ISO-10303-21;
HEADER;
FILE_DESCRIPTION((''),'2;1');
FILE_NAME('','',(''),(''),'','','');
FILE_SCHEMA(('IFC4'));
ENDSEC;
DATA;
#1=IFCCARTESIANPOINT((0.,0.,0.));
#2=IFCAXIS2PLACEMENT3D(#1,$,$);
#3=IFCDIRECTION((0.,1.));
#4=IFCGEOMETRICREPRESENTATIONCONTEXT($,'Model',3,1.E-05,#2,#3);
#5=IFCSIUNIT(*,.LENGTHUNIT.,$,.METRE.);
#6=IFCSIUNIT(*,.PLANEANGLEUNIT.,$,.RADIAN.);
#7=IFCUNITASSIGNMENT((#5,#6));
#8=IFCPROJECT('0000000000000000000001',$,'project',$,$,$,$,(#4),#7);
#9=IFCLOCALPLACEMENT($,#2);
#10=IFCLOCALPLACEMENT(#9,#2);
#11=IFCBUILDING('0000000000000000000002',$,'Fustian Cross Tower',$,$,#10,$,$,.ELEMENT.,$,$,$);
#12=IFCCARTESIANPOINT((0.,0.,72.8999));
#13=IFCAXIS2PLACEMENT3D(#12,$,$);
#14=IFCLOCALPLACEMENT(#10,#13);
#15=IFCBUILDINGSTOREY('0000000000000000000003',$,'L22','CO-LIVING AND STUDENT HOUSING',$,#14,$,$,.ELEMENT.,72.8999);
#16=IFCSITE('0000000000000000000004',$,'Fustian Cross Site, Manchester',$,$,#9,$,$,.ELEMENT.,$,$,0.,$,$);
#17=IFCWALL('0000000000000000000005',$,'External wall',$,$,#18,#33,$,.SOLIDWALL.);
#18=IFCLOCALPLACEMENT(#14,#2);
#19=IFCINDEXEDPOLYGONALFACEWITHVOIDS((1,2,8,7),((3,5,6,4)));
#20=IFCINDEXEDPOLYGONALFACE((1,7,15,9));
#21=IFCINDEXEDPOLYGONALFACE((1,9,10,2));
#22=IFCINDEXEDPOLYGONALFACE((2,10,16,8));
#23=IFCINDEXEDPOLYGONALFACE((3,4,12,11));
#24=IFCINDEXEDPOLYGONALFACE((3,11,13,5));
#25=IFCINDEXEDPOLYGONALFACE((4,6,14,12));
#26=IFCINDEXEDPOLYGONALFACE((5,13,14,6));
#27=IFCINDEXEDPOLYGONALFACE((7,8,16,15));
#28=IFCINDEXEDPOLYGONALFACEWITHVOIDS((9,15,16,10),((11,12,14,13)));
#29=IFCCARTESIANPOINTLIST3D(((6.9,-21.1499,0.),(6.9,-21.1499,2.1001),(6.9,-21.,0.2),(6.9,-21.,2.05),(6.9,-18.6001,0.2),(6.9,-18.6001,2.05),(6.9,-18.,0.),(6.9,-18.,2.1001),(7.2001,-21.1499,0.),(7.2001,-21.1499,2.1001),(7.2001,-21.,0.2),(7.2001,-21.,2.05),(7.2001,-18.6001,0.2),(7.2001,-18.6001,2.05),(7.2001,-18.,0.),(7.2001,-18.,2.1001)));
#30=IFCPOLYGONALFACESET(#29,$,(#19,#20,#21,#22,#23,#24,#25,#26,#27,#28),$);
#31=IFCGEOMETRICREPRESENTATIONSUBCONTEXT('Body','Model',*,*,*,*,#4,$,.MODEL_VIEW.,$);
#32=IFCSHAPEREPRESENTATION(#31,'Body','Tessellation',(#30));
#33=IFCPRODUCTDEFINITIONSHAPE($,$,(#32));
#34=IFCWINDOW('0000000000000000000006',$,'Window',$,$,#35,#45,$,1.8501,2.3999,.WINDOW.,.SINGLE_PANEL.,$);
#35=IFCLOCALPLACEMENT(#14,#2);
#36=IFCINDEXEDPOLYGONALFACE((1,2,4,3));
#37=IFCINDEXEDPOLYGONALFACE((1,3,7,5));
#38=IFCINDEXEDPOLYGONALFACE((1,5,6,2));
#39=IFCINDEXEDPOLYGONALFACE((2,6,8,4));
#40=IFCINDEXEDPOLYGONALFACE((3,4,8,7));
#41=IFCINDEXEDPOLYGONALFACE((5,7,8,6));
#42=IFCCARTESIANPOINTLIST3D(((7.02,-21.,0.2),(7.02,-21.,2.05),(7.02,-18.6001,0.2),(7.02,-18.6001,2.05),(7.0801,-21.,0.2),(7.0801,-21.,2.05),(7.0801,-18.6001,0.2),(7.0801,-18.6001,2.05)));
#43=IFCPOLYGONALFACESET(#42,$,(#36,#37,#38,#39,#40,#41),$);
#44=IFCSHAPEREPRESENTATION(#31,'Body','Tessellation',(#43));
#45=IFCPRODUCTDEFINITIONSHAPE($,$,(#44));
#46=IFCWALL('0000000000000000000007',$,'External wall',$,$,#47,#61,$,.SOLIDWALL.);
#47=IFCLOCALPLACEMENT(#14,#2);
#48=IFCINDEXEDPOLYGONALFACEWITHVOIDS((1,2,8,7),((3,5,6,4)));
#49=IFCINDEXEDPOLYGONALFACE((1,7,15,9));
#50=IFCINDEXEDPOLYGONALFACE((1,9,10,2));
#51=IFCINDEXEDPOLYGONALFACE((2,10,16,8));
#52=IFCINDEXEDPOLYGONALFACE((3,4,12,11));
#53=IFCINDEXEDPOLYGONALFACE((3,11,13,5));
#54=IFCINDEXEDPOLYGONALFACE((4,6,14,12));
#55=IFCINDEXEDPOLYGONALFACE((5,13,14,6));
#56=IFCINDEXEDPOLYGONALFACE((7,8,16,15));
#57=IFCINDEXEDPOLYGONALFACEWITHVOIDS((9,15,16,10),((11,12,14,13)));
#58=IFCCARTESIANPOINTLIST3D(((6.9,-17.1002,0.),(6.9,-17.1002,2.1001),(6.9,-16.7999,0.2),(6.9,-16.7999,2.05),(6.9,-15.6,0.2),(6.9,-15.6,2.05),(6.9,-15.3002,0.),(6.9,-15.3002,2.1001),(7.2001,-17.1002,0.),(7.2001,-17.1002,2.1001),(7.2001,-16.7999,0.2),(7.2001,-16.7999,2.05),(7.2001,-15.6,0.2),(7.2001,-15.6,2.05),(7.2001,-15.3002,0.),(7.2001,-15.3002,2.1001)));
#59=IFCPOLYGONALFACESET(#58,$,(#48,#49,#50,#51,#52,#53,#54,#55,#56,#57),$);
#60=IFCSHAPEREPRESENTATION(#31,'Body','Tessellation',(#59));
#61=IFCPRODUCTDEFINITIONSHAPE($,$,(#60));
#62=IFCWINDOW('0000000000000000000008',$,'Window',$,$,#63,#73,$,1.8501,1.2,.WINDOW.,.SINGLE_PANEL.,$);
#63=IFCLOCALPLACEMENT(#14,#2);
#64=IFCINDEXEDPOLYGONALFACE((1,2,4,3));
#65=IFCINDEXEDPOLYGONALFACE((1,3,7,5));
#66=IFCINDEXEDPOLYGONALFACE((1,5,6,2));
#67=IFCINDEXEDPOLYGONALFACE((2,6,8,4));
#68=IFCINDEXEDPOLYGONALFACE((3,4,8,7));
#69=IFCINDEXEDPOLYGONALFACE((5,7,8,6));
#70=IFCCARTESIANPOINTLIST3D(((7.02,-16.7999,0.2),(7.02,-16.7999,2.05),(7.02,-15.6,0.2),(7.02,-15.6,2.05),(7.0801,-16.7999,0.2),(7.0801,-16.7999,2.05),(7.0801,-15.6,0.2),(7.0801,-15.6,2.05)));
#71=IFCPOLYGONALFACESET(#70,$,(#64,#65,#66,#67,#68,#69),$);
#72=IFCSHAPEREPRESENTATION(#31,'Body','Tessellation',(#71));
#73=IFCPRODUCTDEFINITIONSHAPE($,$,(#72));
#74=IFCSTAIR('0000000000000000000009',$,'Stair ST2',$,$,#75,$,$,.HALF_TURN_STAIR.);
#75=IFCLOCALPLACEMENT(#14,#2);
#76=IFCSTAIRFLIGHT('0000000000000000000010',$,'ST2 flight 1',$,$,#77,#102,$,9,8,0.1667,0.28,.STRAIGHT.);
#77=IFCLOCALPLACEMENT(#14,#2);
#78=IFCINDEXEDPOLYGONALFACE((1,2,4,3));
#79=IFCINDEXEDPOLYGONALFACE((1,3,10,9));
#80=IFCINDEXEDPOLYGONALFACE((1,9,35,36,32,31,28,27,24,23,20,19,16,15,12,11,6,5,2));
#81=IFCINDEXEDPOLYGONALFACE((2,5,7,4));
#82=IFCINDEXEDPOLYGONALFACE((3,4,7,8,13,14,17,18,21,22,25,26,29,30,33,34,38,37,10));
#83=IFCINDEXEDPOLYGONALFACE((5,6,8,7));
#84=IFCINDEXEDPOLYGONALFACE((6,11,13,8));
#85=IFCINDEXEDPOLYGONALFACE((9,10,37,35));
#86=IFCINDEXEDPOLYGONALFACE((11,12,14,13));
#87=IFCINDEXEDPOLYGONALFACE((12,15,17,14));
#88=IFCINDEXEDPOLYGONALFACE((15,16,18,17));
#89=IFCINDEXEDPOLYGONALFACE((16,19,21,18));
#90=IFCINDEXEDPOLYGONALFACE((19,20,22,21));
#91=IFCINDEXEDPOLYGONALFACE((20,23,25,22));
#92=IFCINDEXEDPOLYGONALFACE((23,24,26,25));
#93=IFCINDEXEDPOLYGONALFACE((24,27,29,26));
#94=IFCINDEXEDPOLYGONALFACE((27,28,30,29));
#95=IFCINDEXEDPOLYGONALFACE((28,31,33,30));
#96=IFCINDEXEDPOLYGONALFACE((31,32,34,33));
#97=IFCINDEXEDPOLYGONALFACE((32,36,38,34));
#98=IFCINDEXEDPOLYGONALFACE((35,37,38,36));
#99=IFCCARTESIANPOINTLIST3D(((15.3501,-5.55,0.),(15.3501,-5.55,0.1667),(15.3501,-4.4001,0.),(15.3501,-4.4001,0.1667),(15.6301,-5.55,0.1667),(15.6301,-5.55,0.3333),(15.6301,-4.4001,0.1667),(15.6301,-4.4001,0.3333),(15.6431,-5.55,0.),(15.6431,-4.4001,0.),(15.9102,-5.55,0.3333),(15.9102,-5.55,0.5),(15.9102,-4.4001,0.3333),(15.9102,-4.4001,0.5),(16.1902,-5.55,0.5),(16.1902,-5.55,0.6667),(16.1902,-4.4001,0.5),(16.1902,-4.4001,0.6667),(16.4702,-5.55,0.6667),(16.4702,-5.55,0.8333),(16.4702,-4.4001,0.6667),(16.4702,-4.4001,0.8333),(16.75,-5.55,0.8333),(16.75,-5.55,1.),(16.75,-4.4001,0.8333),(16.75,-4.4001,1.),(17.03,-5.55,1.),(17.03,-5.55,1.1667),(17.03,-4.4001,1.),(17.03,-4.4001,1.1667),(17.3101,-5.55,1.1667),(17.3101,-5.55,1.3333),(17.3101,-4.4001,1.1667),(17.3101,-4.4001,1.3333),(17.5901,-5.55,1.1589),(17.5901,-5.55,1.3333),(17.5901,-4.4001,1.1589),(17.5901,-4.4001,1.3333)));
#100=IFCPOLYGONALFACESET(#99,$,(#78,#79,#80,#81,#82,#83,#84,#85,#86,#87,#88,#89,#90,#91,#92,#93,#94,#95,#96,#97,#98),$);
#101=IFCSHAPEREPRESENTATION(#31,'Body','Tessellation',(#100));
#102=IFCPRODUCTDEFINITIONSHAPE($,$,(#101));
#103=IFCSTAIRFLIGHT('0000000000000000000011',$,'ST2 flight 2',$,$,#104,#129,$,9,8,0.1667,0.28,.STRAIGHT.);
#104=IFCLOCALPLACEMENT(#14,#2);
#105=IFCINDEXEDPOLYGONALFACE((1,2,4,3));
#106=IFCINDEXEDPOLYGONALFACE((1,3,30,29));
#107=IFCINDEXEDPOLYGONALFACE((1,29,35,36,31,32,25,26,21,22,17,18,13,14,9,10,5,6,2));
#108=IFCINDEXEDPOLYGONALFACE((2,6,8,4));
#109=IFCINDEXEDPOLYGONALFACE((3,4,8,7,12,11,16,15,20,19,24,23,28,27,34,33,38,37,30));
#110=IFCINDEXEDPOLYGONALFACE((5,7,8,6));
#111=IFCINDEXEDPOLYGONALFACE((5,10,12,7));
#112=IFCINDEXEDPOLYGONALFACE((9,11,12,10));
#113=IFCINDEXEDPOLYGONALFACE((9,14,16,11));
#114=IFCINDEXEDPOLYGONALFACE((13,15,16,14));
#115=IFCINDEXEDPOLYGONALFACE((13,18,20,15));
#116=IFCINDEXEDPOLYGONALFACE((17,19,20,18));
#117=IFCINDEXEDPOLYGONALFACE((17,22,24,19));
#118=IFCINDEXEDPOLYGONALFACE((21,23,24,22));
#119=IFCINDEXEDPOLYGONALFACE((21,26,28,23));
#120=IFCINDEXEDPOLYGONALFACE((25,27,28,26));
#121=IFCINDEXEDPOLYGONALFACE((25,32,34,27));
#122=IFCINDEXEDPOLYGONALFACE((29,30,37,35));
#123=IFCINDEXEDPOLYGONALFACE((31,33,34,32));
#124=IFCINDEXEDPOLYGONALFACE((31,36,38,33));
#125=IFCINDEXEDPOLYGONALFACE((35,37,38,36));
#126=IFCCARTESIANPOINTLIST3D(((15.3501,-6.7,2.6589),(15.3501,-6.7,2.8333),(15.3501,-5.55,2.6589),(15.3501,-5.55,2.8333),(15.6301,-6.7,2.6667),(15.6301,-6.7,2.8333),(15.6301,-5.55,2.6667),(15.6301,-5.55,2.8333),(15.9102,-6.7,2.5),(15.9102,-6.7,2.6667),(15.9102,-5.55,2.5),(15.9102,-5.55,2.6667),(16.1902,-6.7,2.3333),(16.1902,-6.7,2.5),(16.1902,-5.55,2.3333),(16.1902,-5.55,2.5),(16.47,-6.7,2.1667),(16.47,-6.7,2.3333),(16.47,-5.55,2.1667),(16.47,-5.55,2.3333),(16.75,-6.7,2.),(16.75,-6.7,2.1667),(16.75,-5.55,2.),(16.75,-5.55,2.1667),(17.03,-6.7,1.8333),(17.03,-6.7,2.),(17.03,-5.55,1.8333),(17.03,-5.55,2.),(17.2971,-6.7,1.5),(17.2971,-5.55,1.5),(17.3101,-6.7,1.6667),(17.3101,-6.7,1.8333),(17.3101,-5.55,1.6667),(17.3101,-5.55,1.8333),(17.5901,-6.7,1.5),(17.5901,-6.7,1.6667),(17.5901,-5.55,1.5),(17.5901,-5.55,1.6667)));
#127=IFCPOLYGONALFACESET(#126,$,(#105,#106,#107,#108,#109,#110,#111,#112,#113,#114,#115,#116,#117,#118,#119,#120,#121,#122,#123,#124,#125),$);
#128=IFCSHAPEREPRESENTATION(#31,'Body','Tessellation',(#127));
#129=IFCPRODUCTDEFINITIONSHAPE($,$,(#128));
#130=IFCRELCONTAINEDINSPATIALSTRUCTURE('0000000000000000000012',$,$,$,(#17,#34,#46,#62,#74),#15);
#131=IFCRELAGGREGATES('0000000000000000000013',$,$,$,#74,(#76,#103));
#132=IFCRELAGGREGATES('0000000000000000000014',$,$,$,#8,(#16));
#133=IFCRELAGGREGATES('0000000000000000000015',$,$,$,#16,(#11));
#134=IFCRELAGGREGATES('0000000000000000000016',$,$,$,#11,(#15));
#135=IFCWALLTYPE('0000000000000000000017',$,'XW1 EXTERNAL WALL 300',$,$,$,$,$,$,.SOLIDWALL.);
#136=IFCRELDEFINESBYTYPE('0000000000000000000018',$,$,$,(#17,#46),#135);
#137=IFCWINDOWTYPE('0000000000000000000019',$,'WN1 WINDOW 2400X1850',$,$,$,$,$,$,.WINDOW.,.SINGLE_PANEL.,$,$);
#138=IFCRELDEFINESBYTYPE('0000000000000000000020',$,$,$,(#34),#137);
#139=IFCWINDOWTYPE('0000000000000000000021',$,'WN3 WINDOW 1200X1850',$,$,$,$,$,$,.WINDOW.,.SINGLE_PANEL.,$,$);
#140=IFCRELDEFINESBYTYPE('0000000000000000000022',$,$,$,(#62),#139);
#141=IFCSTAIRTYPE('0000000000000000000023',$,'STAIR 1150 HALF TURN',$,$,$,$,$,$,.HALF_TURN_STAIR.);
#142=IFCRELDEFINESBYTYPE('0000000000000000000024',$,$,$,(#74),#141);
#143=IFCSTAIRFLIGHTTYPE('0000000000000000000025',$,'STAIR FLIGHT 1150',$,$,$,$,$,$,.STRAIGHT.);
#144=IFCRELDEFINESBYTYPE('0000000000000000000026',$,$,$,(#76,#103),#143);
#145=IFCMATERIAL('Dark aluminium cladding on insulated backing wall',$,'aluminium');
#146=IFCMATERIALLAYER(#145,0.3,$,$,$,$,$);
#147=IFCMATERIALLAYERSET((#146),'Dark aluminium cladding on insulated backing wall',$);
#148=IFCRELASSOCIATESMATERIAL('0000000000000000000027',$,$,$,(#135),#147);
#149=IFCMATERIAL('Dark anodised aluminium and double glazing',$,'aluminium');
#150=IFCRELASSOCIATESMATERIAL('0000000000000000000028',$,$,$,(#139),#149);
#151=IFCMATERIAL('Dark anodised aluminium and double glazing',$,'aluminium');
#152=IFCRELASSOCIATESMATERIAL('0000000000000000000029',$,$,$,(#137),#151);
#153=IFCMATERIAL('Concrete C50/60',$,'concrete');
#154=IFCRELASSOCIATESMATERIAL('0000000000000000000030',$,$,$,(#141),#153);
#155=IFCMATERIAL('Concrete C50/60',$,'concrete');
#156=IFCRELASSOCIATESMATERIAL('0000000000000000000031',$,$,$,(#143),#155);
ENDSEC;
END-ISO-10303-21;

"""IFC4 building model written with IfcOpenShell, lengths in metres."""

from ifc_helpers import new_model, si_unit, direction, frame, frame_2d, origin, place, context, subcontext, project, spatial, polyline, rectangle, outline, extrude, material, layer, layer_set, type_object, element, fill, aggregate, save


model = new_model("IFC4")

# Units and contexts
model_context = context("Model", 3, precision=1e-05, world=origin(), true_north=direction((0.0, 1.0)))
body_context = subcontext(model_context, "Body", "Model", "MODEL_VIEW")
ifc_project = project(units=[si_unit("LENGTHUNIT", "METRE"), si_unit("PLANEANGLEUNIT", "RADIAN")], contexts=[model_context])

# Site, building, storey
site_placement = place(None, origin())
site = spatial("IfcSite", under=ifc_project, at=site_placement, Name="Fustian Cross Site, Manchester", CompositionType="ELEMENT", RefElevation=0.0)
building_placement = place(site_placement, origin())
building = spatial("IfcBuilding", under=site, at=building_placement, Name="Fustian Cross Tower", CompositionType="ELEMENT")
storey_placement = place(building_placement, frame((0.0, 0.0, 72.8999)))
storey = spatial("IfcBuildingStorey", under=building, at=storey_placement, Name="L22", Description="CO-LIVING AND STUDENT HOUSING", CompositionType="ELEMENT", Elevation=72.8999)

# Shared definitions
ifc_material_1 = material(Name="Dark aluminium cladding on insulated backing wall", Category="aluminium")
ifc_layer_1 = layer(ifc_material_1, 0.3)
ifc_layer_set_1 = layer_set([ifc_layer_1], Name="Dark aluminium cladding on insulated backing wall")
wall_type_1 = type_object("IfcWallType", Name="XW1 EXTERNAL WALL 300", PredefinedType="SOLIDWALL", material=ifc_layer_set_1)
ifc_material_2 = material(Name="Dark anodised aluminium and double glazing", Category="aluminium")
window_type_1 = type_object("IfcWindowType", Name="WN3 WINDOW 1200X1850", PartitioningType="SINGLE_PANEL", PredefinedType="WINDOW", material=ifc_material_2)
ifc_material_3 = material(Name="Dark anodised aluminium and double glazing", Category="aluminium")
window_type_2 = type_object("IfcWindowType", Name="WN1 WINDOW 2400X1850", PartitioningType="SINGLE_PANEL", PredefinedType="WINDOW", material=ifc_material_3)

# Walls, openings, windows
wall_1_placement = place(storey_placement, frame((7.05, -21.1499, 0.0), z_axis=(0.0, 0.0, 1.0), x_axis=(0.0, 1.0, 0.0)))
wall_1 = element("IfcWall", 1, at=wall_1_placement, inside=storey, type_object=wall_type_1, Name="External wall", PredefinedType="SOLIDWALL", context=body_context, shape_type="SweptSolid", body=[
    extrude(rectangle(XDim=3.1499, YDim=0.3, at=frame_2d((1.575, 0.0))), origin(), (0.0, 0.0, 1.0), 2.1001),
])
opening_1_placement = place(wall_1_placement, frame((0.1499, 0.0, 0.2)))
opening_1 = element("IfcOpeningElement", 2, at=opening_1_placement, cuts=wall_1, PredefinedType="OPENING", context=body_context, shape_type="SweptSolid", body=[
    extrude(rectangle(XDim=2.3999, YDim=1.8501, at=frame_2d((1.2, 0.925))), frame((0.0, 0.1599, 0.0), z_axis=(0.0, -1.0, 0.0), x_axis=(1.0, 0.0, 0.0)), (0.0, 0.0, 1.0), 0.3201),
])
window_1_placement = place(opening_1_placement, origin())
window_1 = element("IfcWindow", 3, at=window_1_placement, inside=storey, type_object=window_type_2, Name="Window", OverallHeight=1.8501, OverallWidth=2.3999, PartitioningType="SINGLE_PANEL", PredefinedType="WINDOW", context=body_context, shape_type="SweptSolid", body=[
    extrude(rectangle(XDim=2.3999, YDim=1.8501, at=frame_2d((1.2, 0.925))), frame((0.0, 0.03, 0.0), z_axis=(0.0, -1.0, 0.0), x_axis=(1.0, 0.0, 0.0)), (0.0, 0.0, 1.0), 0.0601),
])
fill(opening_1, window_1)
wall_2_placement = place(storey_placement, frame((7.05, -17.1001, 0.0), z_axis=(0.0, 0.0, 1.0), x_axis=(0.0, 1.0, 0.0)))
wall_2 = element("IfcWall", 4, at=wall_2_placement, inside=storey, type_object=wall_type_1, Name="External wall", PredefinedType="SOLIDWALL", context=body_context, shape_type="SweptSolid", body=[
    extrude(rectangle(XDim=1.8, YDim=0.3, at=frame_2d((0.8999, 0.0))), origin(), (0.0, 0.0, 1.0), 2.1001),
])
opening_2_placement = place(wall_2_placement, frame((0.3, 0.0, 0.2)))
opening_2 = element("IfcOpeningElement", 5, at=opening_2_placement, cuts=wall_2, PredefinedType="OPENING", context=body_context, shape_type="SweptSolid", body=[
    extrude(rectangle(XDim=1.2, YDim=1.8501, at=frame_2d((0.6001, 0.925))), frame((0.0, 0.1599, 0.0), z_axis=(0.0, -1.0, 0.0), x_axis=(1.0, 0.0, 0.0)), (0.0, 0.0, 1.0), 0.3201),
])
window_2_placement = place(opening_2_placement, origin())
window_2 = element("IfcWindow", 6, at=window_2_placement, inside=storey, type_object=window_type_1, Name="Window", OverallHeight=1.8501, OverallWidth=1.2, PartitioningType="SINGLE_PANEL", PredefinedType="WINDOW", context=body_context, shape_type="SweptSolid", body=[
    extrude(rectangle(XDim=1.2, YDim=1.8501, at=frame_2d((0.6001, 0.925))), frame((0.0, 0.03, 0.0), z_axis=(0.0, -1.0, 0.0), x_axis=(1.0, 0.0, 0.0)), (0.0, 0.0, 1.0), 0.0601),
])
fill(opening_2, window_2)

# Stair, stair flights
ifc_material_4 = material(Name="Concrete C50/60", Category="concrete")
stair_type = type_object("IfcStairType", Name="STAIR 1150 HALF TURN", PredefinedType="HALF_TURN_STAIR", material=ifc_material_4)
stair_placement = place(storey_placement, origin())
stair = element("IfcStair", 7, at=stair_placement, inside=storey, type_object=stair_type, Name="Stair ST2", PredefinedType="HALF_TURN_STAIR")
ifc_material_5 = material(Name="Concrete C50/60", Category="concrete")
stair_flight_type = type_object("IfcStairFlightType", Name="STAIR FLIGHT 1150", PredefinedType="STRAIGHT", material=ifc_material_5)
stair_flight_1_placement = place(storey_placement, frame((15.3501, -4.9751, 0.0), z_axis=(0.0, 0.0, 1.0), x_axis=(1.0, 0.0, 0.0)))
stair_flight_1 = element("IfcStairFlight", 8, at=stair_flight_1_placement, type_object=stair_flight_type, Name="ST2 flight 1", NumberOfRisers=9, NumberOfTreads=8, PredefinedType="STRAIGHT", RiserHeight=0.1667, TreadLength=0.28, context=body_context, shape_type="SweptSolid", body=[
    extrude(outline(polyline([(0.0, 0.0), (0.0, 0.1667), (0.28, 0.1667), (0.28, 0.3333), (0.5601, 0.3333), (0.5601, 0.5), (0.8401, 0.5), (0.8401, 0.6667), (1.1201, 0.6667), (1.1201, 0.8333), (1.3999, 0.8333), (1.3999, 1.0), (1.6799, 1.0), (1.6799, 1.1667), (1.96, 1.1667), (1.96, 1.3333), (2.24, 1.3333), (2.24, 1.5), (2.24, 1.1589), (0.293, 0.0), (0.0, 0.0)])), frame((0.0, 0.575, 0.0), z_axis=(0.0, -1.0, 0.0), x_axis=(1.0, 0.0, 0.0)), (0.0, 0.0, 1.0), 1.1499),
])
stair_flight_2_placement = place(storey_placement, frame((17.5901, -6.125, 1.5), z_axis=(0.0, 0.0, 1.0), x_axis=(-1.0, 0.0, 0.0)))
stair_flight_2 = element("IfcStairFlight", 9, at=stair_flight_2_placement, type_object=stair_flight_type, Name="ST2 flight 2", NumberOfRisers=9, NumberOfTreads=8, PredefinedType="STRAIGHT", RiserHeight=0.1667, TreadLength=0.28, context=body_context, shape_type="SweptSolid", body=[
    extrude(outline(polyline([(0.0, 0.0), (0.0, 0.1667), (0.28, 0.1667), (0.28, 0.3333), (0.5601, 0.3333), (0.5601, 0.5), (0.8401, 0.5), (0.8401, 0.6667), (1.1201, 0.6667), (1.1201, 0.8333), (1.3999, 0.8333), (1.3999, 1.0), (1.6799, 1.0), (1.6799, 1.1667), (1.96, 1.1667), (1.96, 1.3333), (2.24, 1.3333), (2.24, 1.5), (2.24, 1.1589), (0.293, 0.0), (0.0, 0.0)])), frame((0.0, 0.575, 0.0), z_axis=(0.0, -1.0, 0.0), x_axis=(1.0, 0.0, 0.0)), (0.0, 0.0, 1.0), 1.1499),
])
aggregate(stair, [stair_flight_1, stair_flight_2])

save(model, "model.ifc")
